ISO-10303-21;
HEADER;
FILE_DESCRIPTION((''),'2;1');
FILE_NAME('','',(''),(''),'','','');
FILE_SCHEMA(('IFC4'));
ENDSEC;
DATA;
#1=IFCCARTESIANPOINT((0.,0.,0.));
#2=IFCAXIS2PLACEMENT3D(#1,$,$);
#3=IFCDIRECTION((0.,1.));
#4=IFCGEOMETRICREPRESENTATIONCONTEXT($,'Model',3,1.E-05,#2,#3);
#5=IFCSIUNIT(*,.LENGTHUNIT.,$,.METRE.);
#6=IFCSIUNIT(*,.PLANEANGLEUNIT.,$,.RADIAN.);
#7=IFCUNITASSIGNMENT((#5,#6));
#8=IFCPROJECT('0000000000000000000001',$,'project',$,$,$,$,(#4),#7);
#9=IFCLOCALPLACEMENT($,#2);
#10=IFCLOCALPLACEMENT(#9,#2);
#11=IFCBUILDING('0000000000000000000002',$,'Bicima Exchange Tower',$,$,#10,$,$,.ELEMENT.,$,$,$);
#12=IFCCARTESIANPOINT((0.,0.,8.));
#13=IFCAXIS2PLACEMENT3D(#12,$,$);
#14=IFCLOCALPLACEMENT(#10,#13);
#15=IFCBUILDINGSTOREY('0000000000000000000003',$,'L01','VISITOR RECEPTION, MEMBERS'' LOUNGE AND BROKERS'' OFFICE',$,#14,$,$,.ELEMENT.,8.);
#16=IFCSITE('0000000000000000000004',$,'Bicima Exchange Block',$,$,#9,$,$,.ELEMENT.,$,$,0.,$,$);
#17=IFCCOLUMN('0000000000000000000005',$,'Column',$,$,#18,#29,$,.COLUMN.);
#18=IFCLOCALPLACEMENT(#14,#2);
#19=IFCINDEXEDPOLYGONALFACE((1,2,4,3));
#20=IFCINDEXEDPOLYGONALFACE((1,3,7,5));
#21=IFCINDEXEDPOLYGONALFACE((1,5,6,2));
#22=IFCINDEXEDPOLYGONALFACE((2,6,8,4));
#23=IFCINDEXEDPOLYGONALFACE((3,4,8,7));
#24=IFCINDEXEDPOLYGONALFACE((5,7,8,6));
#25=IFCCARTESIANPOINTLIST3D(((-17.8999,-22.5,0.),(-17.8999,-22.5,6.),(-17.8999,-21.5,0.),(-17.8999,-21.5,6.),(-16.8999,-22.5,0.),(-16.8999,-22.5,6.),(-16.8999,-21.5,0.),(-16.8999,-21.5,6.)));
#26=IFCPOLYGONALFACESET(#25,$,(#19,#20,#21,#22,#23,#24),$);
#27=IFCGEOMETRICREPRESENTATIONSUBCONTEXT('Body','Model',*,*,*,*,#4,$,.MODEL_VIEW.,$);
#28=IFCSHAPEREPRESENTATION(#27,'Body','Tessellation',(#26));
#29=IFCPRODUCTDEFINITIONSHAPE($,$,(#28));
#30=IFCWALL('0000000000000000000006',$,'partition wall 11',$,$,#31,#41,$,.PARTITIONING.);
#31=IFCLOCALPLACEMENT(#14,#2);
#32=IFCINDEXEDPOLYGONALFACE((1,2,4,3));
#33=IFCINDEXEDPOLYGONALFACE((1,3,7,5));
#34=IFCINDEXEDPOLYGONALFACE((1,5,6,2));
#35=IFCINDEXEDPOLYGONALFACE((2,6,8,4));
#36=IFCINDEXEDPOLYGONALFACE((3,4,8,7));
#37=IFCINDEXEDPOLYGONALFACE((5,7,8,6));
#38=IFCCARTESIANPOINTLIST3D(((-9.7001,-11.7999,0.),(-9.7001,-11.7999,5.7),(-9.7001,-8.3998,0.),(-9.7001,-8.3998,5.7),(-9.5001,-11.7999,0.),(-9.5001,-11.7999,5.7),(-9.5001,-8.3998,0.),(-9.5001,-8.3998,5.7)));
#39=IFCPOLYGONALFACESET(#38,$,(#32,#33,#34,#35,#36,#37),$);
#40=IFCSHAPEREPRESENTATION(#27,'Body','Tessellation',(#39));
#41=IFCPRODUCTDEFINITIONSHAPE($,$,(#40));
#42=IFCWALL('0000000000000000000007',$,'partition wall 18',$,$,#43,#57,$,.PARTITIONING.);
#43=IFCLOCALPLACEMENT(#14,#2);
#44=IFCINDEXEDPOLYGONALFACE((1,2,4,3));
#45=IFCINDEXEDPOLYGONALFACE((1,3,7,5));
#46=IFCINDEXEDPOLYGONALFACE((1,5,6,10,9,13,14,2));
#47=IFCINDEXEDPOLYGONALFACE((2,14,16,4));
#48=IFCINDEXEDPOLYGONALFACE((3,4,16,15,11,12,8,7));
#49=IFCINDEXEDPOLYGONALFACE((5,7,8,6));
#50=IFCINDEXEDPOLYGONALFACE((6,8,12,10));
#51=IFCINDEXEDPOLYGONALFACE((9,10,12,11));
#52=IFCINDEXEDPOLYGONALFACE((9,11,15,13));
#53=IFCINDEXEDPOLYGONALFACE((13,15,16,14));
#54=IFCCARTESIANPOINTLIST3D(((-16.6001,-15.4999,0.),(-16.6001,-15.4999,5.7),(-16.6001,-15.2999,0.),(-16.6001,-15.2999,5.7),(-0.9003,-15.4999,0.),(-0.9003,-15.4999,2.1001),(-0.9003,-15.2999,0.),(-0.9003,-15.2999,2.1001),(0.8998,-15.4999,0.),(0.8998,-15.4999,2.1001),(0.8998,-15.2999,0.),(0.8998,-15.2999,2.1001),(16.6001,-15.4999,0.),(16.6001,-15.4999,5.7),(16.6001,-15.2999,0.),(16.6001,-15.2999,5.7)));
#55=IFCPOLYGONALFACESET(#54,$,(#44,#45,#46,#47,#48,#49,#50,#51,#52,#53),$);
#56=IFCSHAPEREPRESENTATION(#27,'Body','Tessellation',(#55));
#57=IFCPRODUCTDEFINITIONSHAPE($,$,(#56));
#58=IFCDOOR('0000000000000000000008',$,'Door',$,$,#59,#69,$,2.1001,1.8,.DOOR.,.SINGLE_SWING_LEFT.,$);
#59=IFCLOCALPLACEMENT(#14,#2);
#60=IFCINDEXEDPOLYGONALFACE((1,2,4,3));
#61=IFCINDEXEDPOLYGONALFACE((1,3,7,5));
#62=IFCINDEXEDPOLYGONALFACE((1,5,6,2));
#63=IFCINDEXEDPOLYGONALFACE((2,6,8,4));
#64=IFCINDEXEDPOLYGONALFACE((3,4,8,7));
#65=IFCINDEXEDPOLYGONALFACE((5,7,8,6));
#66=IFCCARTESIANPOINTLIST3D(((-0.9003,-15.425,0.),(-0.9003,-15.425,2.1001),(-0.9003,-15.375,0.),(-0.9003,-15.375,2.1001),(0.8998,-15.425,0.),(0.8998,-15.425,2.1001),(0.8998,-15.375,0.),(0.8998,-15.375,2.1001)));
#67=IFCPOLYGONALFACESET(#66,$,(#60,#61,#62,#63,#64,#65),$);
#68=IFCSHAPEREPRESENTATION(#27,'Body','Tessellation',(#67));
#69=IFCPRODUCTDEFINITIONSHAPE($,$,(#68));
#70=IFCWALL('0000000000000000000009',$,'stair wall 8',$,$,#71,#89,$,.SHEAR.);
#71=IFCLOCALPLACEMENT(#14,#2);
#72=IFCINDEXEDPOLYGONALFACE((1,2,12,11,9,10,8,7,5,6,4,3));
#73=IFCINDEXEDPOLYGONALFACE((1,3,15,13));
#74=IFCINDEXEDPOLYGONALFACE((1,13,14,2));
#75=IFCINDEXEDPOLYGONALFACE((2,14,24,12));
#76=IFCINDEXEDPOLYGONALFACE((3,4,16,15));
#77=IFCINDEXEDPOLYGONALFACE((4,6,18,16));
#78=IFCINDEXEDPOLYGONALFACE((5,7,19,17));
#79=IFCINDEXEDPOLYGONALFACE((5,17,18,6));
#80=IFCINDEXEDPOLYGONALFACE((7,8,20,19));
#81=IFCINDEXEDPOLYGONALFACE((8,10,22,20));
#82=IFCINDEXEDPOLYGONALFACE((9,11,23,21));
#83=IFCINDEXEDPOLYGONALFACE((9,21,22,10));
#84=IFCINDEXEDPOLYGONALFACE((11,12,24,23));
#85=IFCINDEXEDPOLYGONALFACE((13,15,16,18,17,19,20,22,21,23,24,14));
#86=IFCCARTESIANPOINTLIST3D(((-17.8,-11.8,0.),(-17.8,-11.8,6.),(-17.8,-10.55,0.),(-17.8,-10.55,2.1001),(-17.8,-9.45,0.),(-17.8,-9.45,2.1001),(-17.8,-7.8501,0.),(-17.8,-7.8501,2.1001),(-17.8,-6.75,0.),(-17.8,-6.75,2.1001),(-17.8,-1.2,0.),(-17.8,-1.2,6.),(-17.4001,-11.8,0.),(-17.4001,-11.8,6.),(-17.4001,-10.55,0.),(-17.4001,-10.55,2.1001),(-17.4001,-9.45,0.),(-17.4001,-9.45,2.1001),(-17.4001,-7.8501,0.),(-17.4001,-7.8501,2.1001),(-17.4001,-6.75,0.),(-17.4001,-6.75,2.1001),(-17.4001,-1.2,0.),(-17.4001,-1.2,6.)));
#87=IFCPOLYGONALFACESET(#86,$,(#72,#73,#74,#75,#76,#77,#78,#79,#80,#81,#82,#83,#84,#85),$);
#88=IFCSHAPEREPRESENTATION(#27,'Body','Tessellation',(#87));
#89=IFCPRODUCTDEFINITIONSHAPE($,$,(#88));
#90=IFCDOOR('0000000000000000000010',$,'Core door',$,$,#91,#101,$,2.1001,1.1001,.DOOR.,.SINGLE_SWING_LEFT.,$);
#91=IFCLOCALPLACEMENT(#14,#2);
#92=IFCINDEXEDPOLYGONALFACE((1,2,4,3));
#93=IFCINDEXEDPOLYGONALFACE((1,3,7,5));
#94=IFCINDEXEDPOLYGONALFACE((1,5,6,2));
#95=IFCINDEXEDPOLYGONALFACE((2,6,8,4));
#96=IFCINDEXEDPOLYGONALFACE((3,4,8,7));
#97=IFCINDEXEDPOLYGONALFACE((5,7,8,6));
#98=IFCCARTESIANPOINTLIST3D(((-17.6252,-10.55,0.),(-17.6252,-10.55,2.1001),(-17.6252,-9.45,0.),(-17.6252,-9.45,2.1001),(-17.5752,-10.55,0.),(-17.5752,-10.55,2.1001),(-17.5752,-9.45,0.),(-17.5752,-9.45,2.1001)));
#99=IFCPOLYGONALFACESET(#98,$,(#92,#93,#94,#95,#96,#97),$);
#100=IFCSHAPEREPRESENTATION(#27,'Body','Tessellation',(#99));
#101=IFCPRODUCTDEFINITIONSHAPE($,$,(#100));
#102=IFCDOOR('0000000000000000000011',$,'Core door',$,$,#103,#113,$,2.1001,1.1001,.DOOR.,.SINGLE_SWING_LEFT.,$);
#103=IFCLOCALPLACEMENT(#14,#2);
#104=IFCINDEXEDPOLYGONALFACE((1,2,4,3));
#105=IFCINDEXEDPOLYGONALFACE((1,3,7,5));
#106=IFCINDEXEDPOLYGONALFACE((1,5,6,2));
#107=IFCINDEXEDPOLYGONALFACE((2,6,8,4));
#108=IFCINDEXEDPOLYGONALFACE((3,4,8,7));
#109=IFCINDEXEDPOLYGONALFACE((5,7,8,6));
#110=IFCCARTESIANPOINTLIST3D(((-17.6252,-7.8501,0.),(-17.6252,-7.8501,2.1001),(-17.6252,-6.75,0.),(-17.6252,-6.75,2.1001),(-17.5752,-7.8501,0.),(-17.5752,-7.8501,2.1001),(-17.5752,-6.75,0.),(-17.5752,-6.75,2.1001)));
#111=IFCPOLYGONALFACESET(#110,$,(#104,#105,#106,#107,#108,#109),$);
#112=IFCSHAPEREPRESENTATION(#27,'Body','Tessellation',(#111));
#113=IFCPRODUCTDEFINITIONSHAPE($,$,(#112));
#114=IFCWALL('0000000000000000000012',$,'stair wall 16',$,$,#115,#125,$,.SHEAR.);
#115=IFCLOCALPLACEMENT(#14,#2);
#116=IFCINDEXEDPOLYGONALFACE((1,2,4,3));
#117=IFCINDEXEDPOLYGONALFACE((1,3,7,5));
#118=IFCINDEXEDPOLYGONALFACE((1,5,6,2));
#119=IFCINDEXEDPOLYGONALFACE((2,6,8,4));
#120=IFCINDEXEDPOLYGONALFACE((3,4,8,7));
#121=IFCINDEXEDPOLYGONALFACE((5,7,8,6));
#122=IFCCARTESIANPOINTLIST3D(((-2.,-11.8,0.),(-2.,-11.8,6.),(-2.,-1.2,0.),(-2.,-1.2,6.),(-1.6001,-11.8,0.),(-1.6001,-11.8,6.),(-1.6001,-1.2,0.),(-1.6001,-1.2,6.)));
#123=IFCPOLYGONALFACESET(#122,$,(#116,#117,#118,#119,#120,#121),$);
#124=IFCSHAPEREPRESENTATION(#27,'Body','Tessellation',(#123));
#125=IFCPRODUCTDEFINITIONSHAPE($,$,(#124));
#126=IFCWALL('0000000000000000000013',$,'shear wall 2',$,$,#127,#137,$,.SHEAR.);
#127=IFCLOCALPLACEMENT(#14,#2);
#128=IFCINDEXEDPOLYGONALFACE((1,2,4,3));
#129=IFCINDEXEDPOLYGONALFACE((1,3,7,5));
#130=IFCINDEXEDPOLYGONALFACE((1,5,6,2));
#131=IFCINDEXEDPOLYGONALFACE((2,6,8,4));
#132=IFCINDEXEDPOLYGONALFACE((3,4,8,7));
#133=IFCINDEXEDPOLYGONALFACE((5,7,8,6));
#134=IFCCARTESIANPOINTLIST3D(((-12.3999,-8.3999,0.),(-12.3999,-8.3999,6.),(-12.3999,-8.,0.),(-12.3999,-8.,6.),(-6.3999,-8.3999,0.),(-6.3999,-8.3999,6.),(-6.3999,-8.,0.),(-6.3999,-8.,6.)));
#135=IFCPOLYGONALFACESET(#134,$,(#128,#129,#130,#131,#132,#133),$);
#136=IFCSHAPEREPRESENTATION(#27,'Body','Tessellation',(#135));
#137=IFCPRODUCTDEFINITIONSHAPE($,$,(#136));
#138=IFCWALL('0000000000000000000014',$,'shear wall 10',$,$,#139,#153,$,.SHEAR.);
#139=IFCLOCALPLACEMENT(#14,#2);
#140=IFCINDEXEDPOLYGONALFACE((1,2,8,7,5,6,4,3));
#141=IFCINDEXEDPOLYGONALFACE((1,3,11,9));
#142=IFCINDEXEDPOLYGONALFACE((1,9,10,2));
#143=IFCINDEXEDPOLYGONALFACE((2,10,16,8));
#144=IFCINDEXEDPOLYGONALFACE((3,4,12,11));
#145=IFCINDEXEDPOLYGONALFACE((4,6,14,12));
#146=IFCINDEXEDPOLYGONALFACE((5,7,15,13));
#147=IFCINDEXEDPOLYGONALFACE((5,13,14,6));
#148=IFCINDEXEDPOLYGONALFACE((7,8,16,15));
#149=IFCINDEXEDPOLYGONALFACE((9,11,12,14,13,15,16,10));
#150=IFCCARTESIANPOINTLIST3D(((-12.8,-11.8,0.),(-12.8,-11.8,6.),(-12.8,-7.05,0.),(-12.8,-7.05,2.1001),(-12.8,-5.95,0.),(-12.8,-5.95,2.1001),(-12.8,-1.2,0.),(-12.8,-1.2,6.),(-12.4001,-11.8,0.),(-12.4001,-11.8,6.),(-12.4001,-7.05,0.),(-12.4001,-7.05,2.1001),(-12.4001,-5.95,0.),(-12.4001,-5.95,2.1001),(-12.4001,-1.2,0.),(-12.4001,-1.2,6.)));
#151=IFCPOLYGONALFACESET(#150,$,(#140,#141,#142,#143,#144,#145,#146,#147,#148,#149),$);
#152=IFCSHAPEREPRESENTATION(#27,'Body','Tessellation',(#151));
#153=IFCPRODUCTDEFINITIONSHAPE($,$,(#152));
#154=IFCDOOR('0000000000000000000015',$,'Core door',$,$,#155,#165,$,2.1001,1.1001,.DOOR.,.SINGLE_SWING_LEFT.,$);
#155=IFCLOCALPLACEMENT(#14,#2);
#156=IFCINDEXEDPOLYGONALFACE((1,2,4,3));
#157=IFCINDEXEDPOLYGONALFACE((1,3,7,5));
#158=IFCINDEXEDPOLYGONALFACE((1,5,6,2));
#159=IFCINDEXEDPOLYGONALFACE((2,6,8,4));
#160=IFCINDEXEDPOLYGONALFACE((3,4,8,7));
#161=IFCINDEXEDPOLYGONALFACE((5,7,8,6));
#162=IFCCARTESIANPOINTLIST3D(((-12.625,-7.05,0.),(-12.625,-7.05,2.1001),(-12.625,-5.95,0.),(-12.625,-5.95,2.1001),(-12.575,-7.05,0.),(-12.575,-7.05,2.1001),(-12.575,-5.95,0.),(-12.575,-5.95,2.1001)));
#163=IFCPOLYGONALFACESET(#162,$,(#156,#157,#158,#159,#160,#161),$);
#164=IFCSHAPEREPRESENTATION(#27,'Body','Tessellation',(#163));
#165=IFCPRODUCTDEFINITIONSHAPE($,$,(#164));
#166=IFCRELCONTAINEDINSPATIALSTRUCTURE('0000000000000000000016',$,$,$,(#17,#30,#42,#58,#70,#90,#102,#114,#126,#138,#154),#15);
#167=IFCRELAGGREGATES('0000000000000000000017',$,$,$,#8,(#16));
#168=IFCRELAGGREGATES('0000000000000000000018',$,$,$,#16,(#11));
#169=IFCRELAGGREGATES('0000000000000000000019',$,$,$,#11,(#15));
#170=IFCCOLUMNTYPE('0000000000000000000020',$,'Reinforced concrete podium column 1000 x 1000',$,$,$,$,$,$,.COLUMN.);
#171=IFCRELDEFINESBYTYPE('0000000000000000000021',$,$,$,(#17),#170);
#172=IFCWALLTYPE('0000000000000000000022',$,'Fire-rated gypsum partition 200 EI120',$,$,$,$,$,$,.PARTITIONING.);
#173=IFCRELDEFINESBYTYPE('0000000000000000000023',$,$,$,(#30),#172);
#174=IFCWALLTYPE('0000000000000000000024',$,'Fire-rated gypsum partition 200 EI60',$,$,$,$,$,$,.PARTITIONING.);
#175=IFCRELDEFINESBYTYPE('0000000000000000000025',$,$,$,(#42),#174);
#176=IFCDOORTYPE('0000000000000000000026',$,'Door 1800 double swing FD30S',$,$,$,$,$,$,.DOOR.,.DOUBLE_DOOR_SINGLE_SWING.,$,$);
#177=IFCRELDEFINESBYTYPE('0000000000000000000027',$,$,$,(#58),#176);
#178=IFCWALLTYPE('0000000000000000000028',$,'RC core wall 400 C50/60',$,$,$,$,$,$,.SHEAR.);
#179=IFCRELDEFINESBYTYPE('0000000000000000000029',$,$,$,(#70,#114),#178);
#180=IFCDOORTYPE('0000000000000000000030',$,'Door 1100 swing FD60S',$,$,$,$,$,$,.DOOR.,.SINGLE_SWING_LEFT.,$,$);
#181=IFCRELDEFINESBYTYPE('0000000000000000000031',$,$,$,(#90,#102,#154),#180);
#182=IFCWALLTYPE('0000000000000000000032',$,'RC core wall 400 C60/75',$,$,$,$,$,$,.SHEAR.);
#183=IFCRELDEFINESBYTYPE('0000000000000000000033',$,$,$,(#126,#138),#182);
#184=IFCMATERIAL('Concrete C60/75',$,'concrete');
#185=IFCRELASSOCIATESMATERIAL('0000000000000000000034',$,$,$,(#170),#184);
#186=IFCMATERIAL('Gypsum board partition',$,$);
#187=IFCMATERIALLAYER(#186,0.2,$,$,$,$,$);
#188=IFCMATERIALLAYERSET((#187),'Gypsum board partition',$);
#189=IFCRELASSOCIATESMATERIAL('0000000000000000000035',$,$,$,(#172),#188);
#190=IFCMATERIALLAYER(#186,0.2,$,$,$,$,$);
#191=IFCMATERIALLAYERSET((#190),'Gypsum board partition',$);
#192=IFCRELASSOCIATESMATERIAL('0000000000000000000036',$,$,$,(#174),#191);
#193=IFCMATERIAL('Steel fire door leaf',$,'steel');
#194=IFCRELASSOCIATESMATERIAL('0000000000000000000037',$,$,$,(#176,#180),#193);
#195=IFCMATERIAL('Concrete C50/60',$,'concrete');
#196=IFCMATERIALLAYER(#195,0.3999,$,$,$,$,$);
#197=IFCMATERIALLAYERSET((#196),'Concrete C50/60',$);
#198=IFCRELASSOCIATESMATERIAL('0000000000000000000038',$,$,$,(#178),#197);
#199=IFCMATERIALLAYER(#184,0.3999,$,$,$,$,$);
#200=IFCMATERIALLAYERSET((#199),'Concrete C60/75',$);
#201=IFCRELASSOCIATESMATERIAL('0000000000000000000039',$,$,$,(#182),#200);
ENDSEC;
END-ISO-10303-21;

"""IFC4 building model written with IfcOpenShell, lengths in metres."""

from ifc_helpers import new_model, si_unit, direction, frame, frame_2d, origin, origin_2d, place, context, subcontext, project, spatial, rectangle, extrude, material, layer, layer_set, material_profile, profile_set, type_object, element, fill, save


model = new_model("IFC4")

# Units and contexts
model_context = context("Model", 3, precision=1e-05, world=origin(), true_north=direction((0.0, 1.0)))
body_context = subcontext(model_context, "Body", "Model", "MODEL_VIEW")
ifc_project = project(units=[si_unit("LENGTHUNIT", "METRE"), si_unit("PLANEANGLEUNIT", "RADIAN")], contexts=[model_context])

# Site, building, storey
site_placement = place(None, origin())
site = spatial("IfcSite", under=ifc_project, at=site_placement, Name="Bicima Exchange Block", CompositionType="ELEMENT", RefElevation=0.0)
building_placement = place(site_placement, origin())
building = spatial("IfcBuilding", under=site, at=building_placement, Name="Bicima Exchange Tower", CompositionType="ELEMENT")
storey_placement = place(building_placement, frame((0.0, 0.0, 8.0)))
storey = spatial("IfcBuildingStorey", under=building, at=storey_placement, Name="L01", Description="VISITOR RECEPTION, MEMBERS' LOUNGE AND BROKERS' OFFICE", CompositionType="ELEMENT", Elevation=8.0)

# Column
ifc_material_1 = material(Name="Concrete C60/75", Category="concrete")
ifc_material_profile = material_profile(ifc_material_1, rectangle(XDim=1.0, YDim=1.0, at=origin_2d()))
ifc_profile_set = profile_set([ifc_material_profile], Name="Concrete C60/75")
column_type = type_object("IfcColumnType", Name="Reinforced concrete podium column 1000 x 1000", PredefinedType="COLUMN", material=ifc_profile_set)
column_placement = place(storey_placement, frame((-17.3999, -22.0, 0.0), z_axis=(0.0, 0.0, 1.0), x_axis=(1.0, 0.0, 0.0)))
element("IfcColumn", 1, at=column_placement, inside=storey, type_object=column_type, Name="Column", PredefinedType="COLUMN", context=body_context, shape_type="SweptSolid", body=[
    extrude(rectangle(XDim=1.0, YDim=1.0, at=origin_2d()), origin(), (0.0, 0.0, 1.0), 6.0),
])

# Wall
ifc_material_2 = material(Name="Gypsum board partition")
ifc_layer_1 = layer(ifc_material_2, 0.2)
ifc_layer_set_1 = layer_set([ifc_layer_1], Name="Gypsum board partition")
wall_type_1 = type_object("IfcWallType", Name="Fire-rated gypsum partition 200 EI120", PredefinedType="PARTITIONING", material=ifc_layer_set_1)
wall_1_placement = place(storey_placement, frame((-9.6001, -11.8, 0.0), z_axis=(0.0, 0.0, 1.0), x_axis=(0.0, 1.0, 0.0)))
element("IfcWall", 2, at=wall_1_placement, inside=storey, type_object=wall_type_1, Name="partition wall 11", PredefinedType="PARTITIONING", context=body_context, shape_type="SweptSolid", body=[
    extrude(rectangle(XDim=3.4001, YDim=0.2, at=frame_2d((1.7002, 0.0))), origin(), (0.0, 0.0, 1.0), 5.7),
])

# Wall, opening, door
ifc_layer_2 = layer(ifc_material_2, 0.2)
ifc_layer_set_2 = layer_set([ifc_layer_2], Name="Gypsum board partition")
wall_type_2 = type_object("IfcWallType", Name="Fire-rated gypsum partition 200 EI60", PredefinedType="PARTITIONING", material=ifc_layer_set_2)
wall_2_placement = place(storey_placement, frame((-16.6001, -15.3999, 0.0), z_axis=(0.0, 0.0, 1.0), x_axis=(1.0, 0.0, 0.0)))
wall_2 = element("IfcWall", 3, at=wall_2_placement, inside=storey, type_object=wall_type_2, Name="partition wall 18", PredefinedType="PARTITIONING", context=body_context, shape_type="SweptSolid", body=[
    extrude(rectangle(XDim=33.2002, YDim=0.2, at=frame_2d((16.6001, 0.0))), origin(), (0.0, 0.0, 1.0), 5.7),
])
opening_1_placement = place(wall_2_placement, frame((15.7, 0.0, 0.0)))
opening_1 = element("IfcOpeningElement", 4, at=opening_1_placement, cuts=wall_2, PredefinedType="OPENING", context=body_context, shape_type="SweptSolid", body=[
    extrude(rectangle(XDim=1.8, YDim=2.1001, at=frame_2d((0.8999, 1.05))), frame((0.0, 0.1118, 0.0), z_axis=(0.0, -1.0, 0.0), x_axis=(1.0, 0.0, 0.0)), (0.0, 0.0, 1.0), 0.2239),
])
ifc_material_3 = material(Name="Steel fire door leaf", Category="steel")
door_type_1 = type_object("IfcDoorType", Name="Door 1800 double swing FD30S", OperationType="DOUBLE_DOOR_SINGLE_SWING", PredefinedType="DOOR", material=ifc_material_3)
door_1_placement = place(opening_1_placement, origin())
door_1 = element("IfcDoor", 5, at=door_1_placement, inside=storey, type_object=door_type_1, Name="Door", OperationType="SINGLE_SWING_LEFT", OverallHeight=2.1001, OverallWidth=1.8, PredefinedType="DOOR", context=body_context, shape_type="SweptSolid", body=[
    extrude(rectangle(XDim=1.8, YDim=2.1001, at=frame_2d((0.8999, 1.05))), frame((0.0, 0.0249, 0.0), z_axis=(0.0, -1.0, 0.0), x_axis=(1.0, 0.0, 0.0)), (0.0, 0.0, 1.0), 0.05),
])
fill(opening_1, door_1)

# Wall, openings, doors
ifc_material_4 = material(Name="Concrete C50/60", Category="concrete")
ifc_layer_3 = layer(ifc_material_4, 0.3999)
ifc_layer_set_3 = layer_set([ifc_layer_3], Name="Concrete C50/60")
wall_type_3 = type_object("IfcWallType", Name="RC core wall 400 C50/60", PredefinedType="SHEAR", material=ifc_layer_set_3)
wall_3_placement = place(storey_placement, frame((-17.6001, -11.8, 0.0), z_axis=(0.0, 0.0, 1.0), x_axis=(0.0, 1.0, 0.0)))
wall_3 = element("IfcWall", 6, at=wall_3_placement, inside=storey, type_object=wall_type_3, Name="stair wall 8", PredefinedType="SHEAR", context=body_context, shape_type="SweptSolid", body=[
    extrude(rectangle(XDim=10.6001, YDim=0.3999, at=frame_2d((5.3, 0.0))), origin(), (0.0, 0.0, 1.0), 6.0),
])
opening_2_placement = place(wall_3_placement, frame((1.25, 0.0, 0.0)))
opening_2 = element("IfcOpeningElement", 7, at=opening_2_placement, cuts=wall_3, PredefinedType="OPENING", context=body_context, shape_type="SweptSolid", body=[
    extrude(rectangle(XDim=1.1001, YDim=2.1001, at=frame_2d((0.55, 1.05))), frame((0.0, 0.2119, 0.0), z_axis=(0.0, -1.0, 0.0), x_axis=(1.0, 0.0, 0.0)), (0.0, 0.0, 1.0), 0.4238),
])
opening_3_placement = place(wall_3_placement, frame((3.95, 0.0, 0.0)))
opening_3 = element("IfcOpeningElement", 8, at=opening_3_placement, cuts=wall_3, PredefinedType="OPENING", context=body_context, shape_type="SweptSolid", body=[
    extrude(rectangle(XDim=1.1001, YDim=2.1001, at=frame_2d((0.55, 1.05))), frame((0.0, 0.2119, 0.0), z_axis=(0.0, -1.0, 0.0), x_axis=(1.0, 0.0, 0.0)), (0.0, 0.0, 1.0), 0.4238),
])
door_type_2 = type_object("IfcDoorType", Name="Door 1100 swing FD60S", OperationType="SINGLE_SWING_LEFT", PredefinedType="DOOR", material=ifc_material_3)
door_2_placement = place(opening_2_placement, frame((1.1001, 0.0, 0.0), z_axis=(0.0, 0.0, 1.0), x_axis=(-1.0, 0.0, 0.0)))
door_2 = element("IfcDoor", 9, at=door_2_placement, inside=storey, type_object=door_type_2, Name="Core door", OperationType="SINGLE_SWING_LEFT", OverallHeight=2.1001, OverallWidth=1.1001, PredefinedType="DOOR", context=body_context, shape_type="SweptSolid", body=[
    extrude(rectangle(XDim=1.1001, YDim=2.1001, at=frame_2d((0.55, 1.05))), frame((0.0, 0.0249, 0.0), z_axis=(0.0, -1.0, 0.0), x_axis=(1.0, 0.0, 0.0)), (0.0, 0.0, 1.0), 0.05),
])
fill(opening_2, door_2)
door_3_placement = place(opening_3_placement, frame((1.1001, 0.0, 0.0), z_axis=(0.0, 0.0, 1.0), x_axis=(-1.0, 0.0, 0.0)))
door_3 = element("IfcDoor", 10, at=door_3_placement, inside=storey, type_object=door_type_2, Name="Core door", OperationType="SINGLE_SWING_LEFT", OverallHeight=2.1001, OverallWidth=1.1001, PredefinedType="DOOR", context=body_context, shape_type="SweptSolid", body=[
    extrude(rectangle(XDim=1.1001, YDim=2.1001, at=frame_2d((0.55, 1.05))), frame((0.0, 0.0249, 0.0), z_axis=(0.0, -1.0, 0.0), x_axis=(1.0, 0.0, 0.0)), (0.0, 0.0, 1.0), 0.05),
])
fill(opening_3, door_3)

# Walls
wall_4_placement = place(storey_placement, frame((-1.8, -11.8, 0.0), z_axis=(0.0, 0.0, 1.0), x_axis=(0.0, 1.0, 0.0)))
element("IfcWall", 11, at=wall_4_placement, inside=storey, type_object=wall_type_3, Name="stair wall 16", PredefinedType="SHEAR", context=body_context, shape_type="SweptSolid", body=[
    extrude(rectangle(XDim=10.6001, YDim=0.3999, at=frame_2d((5.3, 0.0))), origin(), (0.0, 0.0, 1.0), 6.0),
])
ifc_layer_4 = layer(ifc_material_1, 0.3999)
ifc_layer_set_4 = layer_set([ifc_layer_4], Name="Concrete C60/75")
wall_type_4 = type_object("IfcWallType", Name="RC core wall 400 C60/75", PredefinedType="SHEAR", material=ifc_layer_set_4)
wall_5_placement = place(storey_placement, frame((-12.3999, -8.2, 0.0), z_axis=(0.0, 0.0, 1.0), x_axis=(1.0, 0.0, 0.0)))
element("IfcWall", 12, at=wall_5_placement, inside=storey, type_object=wall_type_4, Name="shear wall 2", PredefinedType="SHEAR", context=body_context, shape_type="SweptSolid", body=[
    extrude(rectangle(XDim=6.0, YDim=0.3999, at=frame_2d((3.0, 0.0))), origin(), (0.0, 0.0, 1.0), 6.0),
])

# Wall, opening, door
wall_6_placement = place(storey_placement, frame((-12.6001, -11.8, 0.0), z_axis=(0.0, 0.0, 1.0), x_axis=(0.0, 1.0, 0.0)))
wall_6 = element("IfcWall", 13, at=wall_6_placement, inside=storey, type_object=wall_type_4, Name="shear wall 10", PredefinedType="SHEAR", context=body_context, shape_type="SweptSolid", body=[
    extrude(rectangle(XDim=10.6001, YDim=0.3999, at=frame_2d((5.3, 0.0))), origin(), (0.0, 0.0, 1.0), 6.0),
])
opening_4_placement = place(wall_6_placement, frame((4.75, 0.0, 0.0)))
opening_4 = element("IfcOpeningElement", 14, at=opening_4_placement, cuts=wall_6, PredefinedType="OPENING", context=body_context, shape_type="SweptSolid", body=[
    extrude(rectangle(XDim=1.1001, YDim=2.1001, at=frame_2d((0.55, 1.05))), frame((0.0, 0.2119, 0.0), z_axis=(0.0, -1.0, 0.0), x_axis=(1.0, 0.0, 0.0)), (0.0, 0.0, 1.0), 0.4238),
])
door_4_placement = place(opening_4_placement, origin())
door_4 = element("IfcDoor", 15, at=door_4_placement, inside=storey, type_object=door_type_2, Name="Core door", OperationType="SINGLE_SWING_LEFT", OverallHeight=2.1001, OverallWidth=1.1001, PredefinedType="DOOR", context=body_context, shape_type="SweptSolid", body=[
    extrude(rectangle(XDim=1.1001, YDim=2.1001, at=frame_2d((0.55, 1.05))), frame((0.0, 0.0249, 0.0), z_axis=(0.0, -1.0, 0.0), x_axis=(1.0, 0.0, 0.0)), (0.0, 0.0, 1.0), 0.05),
])
fill(opening_4, door_4)

save(model, "model.ifc")
